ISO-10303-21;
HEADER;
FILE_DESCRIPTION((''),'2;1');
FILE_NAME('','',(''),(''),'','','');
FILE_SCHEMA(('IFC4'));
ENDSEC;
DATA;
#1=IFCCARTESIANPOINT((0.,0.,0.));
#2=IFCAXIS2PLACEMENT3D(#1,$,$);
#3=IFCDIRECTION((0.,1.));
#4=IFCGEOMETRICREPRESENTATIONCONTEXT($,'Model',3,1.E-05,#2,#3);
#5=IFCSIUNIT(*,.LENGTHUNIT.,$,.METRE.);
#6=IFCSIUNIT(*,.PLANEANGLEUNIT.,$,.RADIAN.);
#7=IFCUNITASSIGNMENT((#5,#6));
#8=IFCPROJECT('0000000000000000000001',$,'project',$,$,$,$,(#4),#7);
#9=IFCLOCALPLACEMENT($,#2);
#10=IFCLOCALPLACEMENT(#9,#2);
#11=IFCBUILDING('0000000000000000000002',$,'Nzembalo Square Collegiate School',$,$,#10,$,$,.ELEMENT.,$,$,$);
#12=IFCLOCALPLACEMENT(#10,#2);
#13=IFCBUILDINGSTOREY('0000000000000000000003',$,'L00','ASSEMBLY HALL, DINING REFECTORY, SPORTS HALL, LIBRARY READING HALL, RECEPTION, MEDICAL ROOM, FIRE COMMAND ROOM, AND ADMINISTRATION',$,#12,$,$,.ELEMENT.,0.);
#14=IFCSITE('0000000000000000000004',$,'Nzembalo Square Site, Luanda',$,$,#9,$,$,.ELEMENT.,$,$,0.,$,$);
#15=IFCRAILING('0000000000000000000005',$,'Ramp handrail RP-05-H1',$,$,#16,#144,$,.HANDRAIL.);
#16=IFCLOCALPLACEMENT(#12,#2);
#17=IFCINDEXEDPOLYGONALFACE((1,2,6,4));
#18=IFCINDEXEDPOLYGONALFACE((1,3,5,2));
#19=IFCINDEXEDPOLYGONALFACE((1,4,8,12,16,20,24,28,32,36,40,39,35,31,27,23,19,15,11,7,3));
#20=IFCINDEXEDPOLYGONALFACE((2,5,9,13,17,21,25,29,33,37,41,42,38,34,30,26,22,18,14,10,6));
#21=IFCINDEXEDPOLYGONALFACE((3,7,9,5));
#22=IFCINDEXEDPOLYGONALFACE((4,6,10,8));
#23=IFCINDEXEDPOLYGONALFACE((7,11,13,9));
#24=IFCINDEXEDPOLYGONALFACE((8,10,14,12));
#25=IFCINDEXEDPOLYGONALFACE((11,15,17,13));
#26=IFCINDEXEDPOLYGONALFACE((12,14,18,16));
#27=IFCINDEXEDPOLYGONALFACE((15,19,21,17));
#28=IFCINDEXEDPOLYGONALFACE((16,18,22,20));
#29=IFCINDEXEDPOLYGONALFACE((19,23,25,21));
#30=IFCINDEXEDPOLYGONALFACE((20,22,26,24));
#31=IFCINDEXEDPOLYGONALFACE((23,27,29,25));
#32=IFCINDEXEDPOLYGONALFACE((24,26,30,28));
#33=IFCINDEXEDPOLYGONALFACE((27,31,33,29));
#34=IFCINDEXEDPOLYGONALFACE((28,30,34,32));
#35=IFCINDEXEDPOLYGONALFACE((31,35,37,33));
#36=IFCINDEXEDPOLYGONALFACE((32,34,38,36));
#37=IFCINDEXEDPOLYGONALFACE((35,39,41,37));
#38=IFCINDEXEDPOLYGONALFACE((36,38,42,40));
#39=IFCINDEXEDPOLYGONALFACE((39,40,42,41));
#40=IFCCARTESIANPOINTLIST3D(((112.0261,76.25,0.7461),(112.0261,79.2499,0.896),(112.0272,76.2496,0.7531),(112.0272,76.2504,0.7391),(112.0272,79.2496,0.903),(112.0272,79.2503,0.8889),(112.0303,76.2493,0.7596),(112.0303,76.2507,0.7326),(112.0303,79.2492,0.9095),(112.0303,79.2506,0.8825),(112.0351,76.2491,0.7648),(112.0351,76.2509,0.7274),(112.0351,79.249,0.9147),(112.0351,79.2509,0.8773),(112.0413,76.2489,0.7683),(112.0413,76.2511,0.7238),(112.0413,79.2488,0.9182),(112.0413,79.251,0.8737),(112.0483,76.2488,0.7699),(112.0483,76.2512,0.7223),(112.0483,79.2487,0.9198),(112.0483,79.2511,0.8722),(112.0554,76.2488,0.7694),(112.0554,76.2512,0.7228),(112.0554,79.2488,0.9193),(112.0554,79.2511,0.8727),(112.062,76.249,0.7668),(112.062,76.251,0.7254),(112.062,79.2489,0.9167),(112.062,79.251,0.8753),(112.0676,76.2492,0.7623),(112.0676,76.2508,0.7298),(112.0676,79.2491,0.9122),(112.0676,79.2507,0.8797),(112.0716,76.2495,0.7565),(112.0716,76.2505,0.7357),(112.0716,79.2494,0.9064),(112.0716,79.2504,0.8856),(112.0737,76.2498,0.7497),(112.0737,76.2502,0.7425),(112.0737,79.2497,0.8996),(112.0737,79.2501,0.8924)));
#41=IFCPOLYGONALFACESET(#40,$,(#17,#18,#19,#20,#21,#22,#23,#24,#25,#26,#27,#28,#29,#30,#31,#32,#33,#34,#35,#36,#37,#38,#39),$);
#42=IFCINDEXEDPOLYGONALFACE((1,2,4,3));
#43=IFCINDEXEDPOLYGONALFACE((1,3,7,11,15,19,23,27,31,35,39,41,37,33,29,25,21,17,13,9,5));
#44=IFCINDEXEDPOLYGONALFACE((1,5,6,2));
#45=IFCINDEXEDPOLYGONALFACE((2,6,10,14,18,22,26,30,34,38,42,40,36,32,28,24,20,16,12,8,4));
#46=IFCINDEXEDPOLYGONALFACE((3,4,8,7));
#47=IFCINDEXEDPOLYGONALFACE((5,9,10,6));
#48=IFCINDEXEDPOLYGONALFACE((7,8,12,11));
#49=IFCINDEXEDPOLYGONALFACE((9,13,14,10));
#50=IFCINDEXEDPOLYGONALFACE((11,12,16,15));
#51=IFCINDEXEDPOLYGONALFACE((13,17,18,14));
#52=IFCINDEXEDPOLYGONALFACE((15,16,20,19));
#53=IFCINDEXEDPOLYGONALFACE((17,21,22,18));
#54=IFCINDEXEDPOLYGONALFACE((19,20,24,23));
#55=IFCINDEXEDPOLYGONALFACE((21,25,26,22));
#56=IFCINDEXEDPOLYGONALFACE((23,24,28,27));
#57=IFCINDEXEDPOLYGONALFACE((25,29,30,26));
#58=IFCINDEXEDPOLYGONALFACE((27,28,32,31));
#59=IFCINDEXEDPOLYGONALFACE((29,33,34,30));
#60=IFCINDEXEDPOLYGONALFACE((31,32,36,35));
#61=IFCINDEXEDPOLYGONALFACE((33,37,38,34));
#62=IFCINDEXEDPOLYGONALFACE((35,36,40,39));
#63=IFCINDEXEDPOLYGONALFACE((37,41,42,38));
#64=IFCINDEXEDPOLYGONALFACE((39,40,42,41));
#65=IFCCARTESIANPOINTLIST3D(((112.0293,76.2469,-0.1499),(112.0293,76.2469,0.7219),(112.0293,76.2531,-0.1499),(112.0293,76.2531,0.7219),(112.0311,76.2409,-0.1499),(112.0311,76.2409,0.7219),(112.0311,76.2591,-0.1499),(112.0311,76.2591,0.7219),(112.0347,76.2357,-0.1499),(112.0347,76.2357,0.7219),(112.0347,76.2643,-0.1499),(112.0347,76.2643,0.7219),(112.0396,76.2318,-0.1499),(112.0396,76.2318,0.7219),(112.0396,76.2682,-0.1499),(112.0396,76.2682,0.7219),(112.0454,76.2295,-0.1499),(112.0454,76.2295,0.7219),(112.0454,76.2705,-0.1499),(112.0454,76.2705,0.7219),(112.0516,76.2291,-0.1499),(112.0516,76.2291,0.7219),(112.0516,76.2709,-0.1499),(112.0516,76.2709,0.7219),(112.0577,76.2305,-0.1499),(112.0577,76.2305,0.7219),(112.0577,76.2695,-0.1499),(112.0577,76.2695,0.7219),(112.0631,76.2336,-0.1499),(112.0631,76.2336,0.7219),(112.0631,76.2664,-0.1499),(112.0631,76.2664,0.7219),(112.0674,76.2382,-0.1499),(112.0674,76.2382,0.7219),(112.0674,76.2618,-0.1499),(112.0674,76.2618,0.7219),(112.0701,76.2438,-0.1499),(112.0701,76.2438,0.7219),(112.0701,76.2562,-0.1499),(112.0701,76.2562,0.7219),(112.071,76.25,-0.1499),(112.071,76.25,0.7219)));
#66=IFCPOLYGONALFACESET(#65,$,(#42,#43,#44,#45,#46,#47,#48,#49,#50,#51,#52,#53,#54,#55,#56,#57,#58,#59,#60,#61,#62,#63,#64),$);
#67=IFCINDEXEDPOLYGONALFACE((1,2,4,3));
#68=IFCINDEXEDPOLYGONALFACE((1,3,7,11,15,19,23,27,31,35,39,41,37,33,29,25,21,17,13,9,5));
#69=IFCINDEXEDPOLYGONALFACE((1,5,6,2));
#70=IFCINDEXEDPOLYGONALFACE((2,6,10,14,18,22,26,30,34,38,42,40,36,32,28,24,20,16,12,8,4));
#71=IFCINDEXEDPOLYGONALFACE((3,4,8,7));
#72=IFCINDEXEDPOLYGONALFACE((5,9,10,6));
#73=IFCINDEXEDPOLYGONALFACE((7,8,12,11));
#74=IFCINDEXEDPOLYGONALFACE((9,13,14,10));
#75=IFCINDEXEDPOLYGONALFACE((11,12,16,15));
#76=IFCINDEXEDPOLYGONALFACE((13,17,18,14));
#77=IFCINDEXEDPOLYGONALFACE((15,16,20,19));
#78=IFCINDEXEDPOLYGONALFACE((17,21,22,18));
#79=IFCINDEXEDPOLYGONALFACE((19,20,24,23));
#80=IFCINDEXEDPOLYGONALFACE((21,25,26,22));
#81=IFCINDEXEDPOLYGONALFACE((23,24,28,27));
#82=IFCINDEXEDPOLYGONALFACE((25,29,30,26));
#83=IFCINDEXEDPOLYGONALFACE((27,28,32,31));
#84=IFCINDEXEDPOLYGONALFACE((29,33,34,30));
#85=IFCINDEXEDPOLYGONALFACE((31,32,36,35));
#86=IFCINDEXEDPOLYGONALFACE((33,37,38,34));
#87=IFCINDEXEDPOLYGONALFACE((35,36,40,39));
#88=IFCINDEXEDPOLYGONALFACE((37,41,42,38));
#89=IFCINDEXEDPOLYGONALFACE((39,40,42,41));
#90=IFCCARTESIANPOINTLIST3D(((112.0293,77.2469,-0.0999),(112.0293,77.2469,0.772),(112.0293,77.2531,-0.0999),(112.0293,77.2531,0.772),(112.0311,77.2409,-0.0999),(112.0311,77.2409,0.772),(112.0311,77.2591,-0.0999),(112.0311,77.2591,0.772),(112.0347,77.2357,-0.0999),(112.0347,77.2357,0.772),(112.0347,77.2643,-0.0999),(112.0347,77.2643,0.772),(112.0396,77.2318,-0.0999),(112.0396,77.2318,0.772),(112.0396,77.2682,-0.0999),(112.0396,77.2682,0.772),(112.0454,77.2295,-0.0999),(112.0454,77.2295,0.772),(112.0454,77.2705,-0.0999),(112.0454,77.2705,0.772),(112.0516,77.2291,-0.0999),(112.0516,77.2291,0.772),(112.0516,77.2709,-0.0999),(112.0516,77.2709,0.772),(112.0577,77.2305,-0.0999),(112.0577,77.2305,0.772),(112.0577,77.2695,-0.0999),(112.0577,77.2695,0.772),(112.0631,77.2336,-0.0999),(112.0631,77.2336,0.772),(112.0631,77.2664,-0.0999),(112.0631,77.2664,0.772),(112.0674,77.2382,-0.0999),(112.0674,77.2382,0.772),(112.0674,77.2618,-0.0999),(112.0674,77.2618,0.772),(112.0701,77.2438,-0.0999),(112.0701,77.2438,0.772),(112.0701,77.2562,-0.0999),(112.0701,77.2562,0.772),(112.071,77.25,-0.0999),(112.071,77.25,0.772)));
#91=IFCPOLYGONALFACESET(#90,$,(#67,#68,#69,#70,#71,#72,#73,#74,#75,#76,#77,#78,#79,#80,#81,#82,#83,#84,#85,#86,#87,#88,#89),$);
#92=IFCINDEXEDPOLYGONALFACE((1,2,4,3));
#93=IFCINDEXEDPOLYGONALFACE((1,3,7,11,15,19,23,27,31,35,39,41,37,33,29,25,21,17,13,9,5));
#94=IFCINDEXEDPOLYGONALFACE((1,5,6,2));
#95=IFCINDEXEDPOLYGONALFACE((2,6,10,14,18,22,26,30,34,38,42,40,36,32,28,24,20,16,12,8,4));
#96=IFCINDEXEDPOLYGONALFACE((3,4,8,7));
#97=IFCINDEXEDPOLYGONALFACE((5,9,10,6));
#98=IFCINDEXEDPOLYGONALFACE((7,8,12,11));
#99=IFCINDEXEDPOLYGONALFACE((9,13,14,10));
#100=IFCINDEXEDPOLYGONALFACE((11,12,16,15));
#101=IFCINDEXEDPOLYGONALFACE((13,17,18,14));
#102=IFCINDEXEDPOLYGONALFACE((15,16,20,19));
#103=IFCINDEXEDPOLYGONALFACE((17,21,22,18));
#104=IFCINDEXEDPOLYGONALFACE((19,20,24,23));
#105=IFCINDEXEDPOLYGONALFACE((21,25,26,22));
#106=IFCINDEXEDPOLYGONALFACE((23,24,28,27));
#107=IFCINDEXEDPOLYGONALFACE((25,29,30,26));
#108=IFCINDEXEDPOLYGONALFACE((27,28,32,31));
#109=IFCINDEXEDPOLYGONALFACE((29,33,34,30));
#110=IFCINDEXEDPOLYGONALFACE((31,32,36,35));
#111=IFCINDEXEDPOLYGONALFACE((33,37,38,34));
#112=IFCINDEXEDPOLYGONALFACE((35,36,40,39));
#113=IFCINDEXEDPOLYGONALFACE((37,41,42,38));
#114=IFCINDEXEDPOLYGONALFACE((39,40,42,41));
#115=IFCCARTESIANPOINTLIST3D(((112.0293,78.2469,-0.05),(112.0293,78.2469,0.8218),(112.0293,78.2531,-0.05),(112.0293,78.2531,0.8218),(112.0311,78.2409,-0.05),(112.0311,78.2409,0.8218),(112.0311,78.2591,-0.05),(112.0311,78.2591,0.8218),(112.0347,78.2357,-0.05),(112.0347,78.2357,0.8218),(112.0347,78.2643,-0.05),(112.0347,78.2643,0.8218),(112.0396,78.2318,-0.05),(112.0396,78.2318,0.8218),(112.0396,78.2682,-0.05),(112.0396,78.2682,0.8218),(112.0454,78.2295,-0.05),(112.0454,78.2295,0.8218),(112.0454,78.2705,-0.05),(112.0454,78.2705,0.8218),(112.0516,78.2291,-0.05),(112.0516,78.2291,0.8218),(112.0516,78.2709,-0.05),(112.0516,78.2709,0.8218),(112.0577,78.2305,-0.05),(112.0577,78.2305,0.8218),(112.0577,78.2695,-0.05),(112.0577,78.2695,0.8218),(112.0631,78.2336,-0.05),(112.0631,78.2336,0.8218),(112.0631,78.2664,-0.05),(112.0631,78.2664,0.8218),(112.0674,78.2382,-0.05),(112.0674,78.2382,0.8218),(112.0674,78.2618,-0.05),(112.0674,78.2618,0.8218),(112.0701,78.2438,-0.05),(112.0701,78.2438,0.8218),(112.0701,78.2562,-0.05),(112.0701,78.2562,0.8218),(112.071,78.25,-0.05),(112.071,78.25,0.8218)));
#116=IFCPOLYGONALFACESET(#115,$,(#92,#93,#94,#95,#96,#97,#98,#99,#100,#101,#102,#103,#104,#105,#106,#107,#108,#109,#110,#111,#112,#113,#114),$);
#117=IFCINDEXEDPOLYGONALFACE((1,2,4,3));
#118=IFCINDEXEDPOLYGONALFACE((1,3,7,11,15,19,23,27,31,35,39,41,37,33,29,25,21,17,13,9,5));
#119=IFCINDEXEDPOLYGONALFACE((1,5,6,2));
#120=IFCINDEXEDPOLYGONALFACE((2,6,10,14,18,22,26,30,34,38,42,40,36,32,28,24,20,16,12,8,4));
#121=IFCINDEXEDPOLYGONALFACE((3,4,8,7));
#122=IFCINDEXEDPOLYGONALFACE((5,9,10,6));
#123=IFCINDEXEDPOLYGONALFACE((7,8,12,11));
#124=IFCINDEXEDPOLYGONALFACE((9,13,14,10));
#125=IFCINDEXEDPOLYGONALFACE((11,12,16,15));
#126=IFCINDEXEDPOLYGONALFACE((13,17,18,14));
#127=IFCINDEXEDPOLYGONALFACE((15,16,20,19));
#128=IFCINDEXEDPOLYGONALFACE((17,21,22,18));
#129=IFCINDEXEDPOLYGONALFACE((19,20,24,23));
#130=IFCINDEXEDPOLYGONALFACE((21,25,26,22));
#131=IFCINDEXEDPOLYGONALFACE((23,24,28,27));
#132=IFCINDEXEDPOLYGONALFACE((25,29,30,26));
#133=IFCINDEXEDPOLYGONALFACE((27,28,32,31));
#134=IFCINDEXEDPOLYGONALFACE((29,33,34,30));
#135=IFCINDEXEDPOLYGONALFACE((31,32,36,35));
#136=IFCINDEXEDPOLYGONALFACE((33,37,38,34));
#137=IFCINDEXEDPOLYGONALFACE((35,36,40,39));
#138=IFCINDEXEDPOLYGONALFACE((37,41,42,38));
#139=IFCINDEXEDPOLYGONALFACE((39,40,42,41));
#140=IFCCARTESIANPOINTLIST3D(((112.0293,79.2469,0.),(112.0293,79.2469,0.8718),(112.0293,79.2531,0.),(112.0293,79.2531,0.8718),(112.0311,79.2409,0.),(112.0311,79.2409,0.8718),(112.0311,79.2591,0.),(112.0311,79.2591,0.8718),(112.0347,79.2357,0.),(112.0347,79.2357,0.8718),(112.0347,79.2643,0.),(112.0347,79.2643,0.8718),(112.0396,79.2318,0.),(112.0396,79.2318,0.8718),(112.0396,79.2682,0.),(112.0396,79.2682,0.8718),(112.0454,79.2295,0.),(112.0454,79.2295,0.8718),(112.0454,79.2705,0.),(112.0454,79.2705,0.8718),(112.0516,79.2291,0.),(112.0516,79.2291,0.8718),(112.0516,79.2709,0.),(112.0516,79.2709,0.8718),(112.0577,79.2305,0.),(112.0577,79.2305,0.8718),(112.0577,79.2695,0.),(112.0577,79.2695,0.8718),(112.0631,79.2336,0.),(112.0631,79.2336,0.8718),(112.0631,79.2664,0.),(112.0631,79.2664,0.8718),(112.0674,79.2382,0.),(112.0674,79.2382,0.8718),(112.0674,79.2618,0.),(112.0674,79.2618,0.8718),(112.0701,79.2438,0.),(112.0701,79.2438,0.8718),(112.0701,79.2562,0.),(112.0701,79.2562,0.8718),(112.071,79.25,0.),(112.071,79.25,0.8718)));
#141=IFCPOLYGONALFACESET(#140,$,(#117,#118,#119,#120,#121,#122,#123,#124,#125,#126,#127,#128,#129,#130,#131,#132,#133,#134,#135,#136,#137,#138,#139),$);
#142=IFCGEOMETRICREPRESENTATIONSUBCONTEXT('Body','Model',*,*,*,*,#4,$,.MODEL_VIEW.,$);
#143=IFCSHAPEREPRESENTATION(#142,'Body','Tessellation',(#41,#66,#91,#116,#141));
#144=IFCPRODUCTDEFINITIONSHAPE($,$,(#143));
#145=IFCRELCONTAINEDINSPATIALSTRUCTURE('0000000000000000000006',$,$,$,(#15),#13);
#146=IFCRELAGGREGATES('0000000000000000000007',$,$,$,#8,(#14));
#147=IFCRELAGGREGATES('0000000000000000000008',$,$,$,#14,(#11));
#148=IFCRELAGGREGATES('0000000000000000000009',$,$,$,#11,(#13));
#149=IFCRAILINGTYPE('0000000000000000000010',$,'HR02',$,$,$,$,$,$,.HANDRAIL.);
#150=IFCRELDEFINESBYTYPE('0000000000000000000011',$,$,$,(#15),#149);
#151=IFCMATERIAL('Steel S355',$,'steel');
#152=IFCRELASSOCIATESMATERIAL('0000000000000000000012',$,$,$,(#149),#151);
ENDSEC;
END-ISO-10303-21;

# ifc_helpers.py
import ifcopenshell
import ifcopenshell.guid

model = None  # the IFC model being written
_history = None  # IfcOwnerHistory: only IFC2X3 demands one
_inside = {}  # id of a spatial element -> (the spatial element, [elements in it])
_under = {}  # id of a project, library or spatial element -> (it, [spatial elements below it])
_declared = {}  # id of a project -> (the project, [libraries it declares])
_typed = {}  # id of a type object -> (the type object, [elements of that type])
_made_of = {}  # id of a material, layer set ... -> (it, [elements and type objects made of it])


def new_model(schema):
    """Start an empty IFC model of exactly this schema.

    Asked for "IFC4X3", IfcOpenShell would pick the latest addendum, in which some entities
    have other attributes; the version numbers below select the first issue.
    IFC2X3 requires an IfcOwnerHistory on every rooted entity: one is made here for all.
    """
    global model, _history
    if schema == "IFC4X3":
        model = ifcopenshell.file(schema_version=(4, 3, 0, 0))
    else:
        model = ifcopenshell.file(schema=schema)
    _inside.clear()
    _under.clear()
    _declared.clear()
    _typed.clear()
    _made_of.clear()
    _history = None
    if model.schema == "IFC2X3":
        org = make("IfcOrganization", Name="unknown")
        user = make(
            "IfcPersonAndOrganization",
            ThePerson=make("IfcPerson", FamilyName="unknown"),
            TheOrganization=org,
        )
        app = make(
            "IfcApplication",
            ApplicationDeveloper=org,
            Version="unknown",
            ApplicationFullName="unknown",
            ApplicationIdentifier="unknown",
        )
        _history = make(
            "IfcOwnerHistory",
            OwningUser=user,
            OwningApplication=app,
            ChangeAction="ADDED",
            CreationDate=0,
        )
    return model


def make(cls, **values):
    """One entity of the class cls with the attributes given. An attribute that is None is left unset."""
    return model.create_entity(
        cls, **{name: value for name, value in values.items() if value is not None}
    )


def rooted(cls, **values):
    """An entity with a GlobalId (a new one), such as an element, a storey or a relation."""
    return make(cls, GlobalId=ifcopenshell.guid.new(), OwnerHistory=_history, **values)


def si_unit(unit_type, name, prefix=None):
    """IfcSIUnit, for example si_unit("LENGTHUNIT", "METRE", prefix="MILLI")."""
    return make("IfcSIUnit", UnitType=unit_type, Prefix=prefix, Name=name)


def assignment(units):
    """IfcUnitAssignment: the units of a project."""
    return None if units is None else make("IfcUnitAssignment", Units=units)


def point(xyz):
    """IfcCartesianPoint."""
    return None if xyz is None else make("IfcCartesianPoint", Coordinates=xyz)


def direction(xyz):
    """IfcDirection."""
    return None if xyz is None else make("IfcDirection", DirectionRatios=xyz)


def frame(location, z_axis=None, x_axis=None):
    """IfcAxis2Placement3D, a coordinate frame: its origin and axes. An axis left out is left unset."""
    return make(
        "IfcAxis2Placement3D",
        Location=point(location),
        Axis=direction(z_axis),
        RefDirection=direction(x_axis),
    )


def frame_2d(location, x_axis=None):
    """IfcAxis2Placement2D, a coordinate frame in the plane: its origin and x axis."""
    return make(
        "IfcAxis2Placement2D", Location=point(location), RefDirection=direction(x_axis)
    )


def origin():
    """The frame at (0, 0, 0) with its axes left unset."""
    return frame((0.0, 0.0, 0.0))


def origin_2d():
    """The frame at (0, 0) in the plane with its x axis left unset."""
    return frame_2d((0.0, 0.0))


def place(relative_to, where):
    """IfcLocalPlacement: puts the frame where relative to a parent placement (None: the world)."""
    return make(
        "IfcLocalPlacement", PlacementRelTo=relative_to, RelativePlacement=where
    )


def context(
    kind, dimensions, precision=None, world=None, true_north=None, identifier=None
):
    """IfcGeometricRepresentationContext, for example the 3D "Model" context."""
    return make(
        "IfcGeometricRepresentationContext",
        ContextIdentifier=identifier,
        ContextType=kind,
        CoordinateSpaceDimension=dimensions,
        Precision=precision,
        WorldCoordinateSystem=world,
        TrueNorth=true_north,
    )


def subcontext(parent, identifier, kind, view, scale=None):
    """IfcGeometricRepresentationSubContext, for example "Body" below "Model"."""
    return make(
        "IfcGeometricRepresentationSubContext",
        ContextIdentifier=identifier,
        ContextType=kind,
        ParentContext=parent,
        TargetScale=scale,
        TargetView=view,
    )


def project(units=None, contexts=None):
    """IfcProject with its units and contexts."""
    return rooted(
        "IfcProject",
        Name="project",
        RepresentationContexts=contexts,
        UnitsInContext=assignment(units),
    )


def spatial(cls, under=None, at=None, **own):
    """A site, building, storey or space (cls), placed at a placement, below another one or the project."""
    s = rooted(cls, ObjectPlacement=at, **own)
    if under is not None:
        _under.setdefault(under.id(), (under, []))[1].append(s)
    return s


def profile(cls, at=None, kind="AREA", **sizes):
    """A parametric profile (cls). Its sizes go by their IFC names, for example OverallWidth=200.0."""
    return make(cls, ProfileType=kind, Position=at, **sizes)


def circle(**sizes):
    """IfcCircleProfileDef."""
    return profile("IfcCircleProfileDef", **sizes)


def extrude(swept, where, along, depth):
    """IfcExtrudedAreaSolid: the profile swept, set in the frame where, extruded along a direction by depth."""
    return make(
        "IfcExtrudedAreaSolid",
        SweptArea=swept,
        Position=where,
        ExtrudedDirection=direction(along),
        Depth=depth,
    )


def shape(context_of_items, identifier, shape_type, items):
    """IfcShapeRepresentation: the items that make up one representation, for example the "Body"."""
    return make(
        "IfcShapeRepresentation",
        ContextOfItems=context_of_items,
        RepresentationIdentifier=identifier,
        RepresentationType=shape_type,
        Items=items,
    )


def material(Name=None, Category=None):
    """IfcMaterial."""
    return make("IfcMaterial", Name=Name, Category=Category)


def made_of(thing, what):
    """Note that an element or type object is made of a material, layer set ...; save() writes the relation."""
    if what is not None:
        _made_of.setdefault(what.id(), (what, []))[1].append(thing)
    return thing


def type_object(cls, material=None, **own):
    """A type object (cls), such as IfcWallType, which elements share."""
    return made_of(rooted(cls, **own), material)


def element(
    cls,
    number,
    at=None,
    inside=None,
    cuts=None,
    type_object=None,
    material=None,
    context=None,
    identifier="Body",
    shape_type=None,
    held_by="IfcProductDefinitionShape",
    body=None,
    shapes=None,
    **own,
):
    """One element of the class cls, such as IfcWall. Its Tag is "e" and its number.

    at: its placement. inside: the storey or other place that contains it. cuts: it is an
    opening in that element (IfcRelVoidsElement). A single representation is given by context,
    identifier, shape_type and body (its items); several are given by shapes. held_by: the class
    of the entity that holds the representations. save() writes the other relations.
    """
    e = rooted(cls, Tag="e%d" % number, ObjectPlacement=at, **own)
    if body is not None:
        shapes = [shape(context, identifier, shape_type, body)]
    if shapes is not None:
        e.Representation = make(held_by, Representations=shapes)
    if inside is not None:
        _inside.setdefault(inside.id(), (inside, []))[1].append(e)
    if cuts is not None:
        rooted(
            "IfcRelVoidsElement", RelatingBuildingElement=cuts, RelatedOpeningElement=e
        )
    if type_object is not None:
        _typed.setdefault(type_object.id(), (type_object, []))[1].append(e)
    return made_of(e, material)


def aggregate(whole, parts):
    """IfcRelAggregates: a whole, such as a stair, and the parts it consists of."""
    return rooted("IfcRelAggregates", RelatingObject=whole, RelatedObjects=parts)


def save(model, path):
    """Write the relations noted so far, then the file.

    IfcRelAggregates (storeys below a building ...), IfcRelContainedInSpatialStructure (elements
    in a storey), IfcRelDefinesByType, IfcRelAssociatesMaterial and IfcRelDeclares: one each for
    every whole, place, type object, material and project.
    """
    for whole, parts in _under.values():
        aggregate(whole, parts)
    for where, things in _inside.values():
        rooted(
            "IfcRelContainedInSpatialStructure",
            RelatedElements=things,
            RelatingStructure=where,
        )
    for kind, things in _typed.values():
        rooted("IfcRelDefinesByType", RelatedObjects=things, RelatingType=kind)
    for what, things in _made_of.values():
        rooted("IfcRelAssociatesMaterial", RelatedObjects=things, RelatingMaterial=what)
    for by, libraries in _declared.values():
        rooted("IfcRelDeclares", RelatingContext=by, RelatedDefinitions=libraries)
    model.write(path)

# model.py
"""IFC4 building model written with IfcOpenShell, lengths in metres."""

from ifc_helpers import new_model, si_unit, direction, frame, origin, origin_2d, place, context, subcontext, project, spatial, circle, extrude, material, type_object, element, save


model = new_model("IFC4")

# Units and contexts
model_context = context("Model", 3, precision=1e-05, world=origin(), true_north=direction((0.0, 1.0)))
body_context = subcontext(model_context, "Body", "Model", "MODEL_VIEW")
ifc_project = project(units=[si_unit("LENGTHUNIT", "METRE"), si_unit("PLANEANGLEUNIT", "RADIAN")], contexts=[model_context])

# Site, building, storey
site_placement = place(None, origin())
site = spatial("IfcSite", under=ifc_project, at=site_placement, Name="Nzembalo Square Site, Luanda", CompositionType="ELEMENT", RefElevation=0.0)
building_placement = place(site_placement, origin())
building = spatial("IfcBuilding", under=site, at=building_placement, Name="Nzembalo Square Collegiate School", CompositionType="ELEMENT")
storey_placement = place(building_placement, origin())
storey = spatial("IfcBuildingStorey", under=building, at=storey_placement, Name="L00", Description="ASSEMBLY HALL, DINING REFECTORY, SPORTS HALL, LIBRARY READING HALL, RECEPTION, MEDICAL ROOM, FIRE COMMAND ROOM, AND ADMINISTRATION", CompositionType="ELEMENT", Elevation=0.0)

# Railing
ifc_material_1 = material(Name="Steel S355", Category="steel")
railing_type = type_object("IfcRailingType", Name="HR02", PredefinedType="HANDRAIL", material=ifc_material_1)
for number, where, name in (
    (1, (112.05, 76.25, -0.1499), "Ramp handrail RP-05-H1"),
):
    element("IfcRailing", number, at=place(storey_placement, frame(where)), inside=storey, type_object=railing_type, Name=name, PredefinedType="HANDRAIL", context=body_context, shape_type="SweptSolid", body=[
        extrude(circle(Radius=0.0239, at=origin_2d()), frame((0.0, 0.0, 0.896), z_axis=(0.0, 0.998754, 0.049905), x_axis=(-1.0, 0.0, 0.0)), (0.0, 0.0, 1.0), 3.0037),
        extrude(circle(Radius=0.021, at=origin_2d()), origin(), (0.0, 0.0, 1.0), 0.8718),
        extrude(circle(Radius=0.021, at=origin_2d()), frame((0.0, 1.0, 0.05)), (0.0, 0.0, 1.0), 0.8718),
        extrude(circle(Radius=0.021, at=origin_2d()), frame((0.0, 2.0, 0.0999)), (0.0, 0.0, 1.0), 0.8718),
        extrude(circle(Radius=0.021, at=origin_2d()), frame((0.0, 3.0, 0.1499)), (0.0, 0.0, 1.0), 0.8718),
    ])

save(model, "model.ifc")
